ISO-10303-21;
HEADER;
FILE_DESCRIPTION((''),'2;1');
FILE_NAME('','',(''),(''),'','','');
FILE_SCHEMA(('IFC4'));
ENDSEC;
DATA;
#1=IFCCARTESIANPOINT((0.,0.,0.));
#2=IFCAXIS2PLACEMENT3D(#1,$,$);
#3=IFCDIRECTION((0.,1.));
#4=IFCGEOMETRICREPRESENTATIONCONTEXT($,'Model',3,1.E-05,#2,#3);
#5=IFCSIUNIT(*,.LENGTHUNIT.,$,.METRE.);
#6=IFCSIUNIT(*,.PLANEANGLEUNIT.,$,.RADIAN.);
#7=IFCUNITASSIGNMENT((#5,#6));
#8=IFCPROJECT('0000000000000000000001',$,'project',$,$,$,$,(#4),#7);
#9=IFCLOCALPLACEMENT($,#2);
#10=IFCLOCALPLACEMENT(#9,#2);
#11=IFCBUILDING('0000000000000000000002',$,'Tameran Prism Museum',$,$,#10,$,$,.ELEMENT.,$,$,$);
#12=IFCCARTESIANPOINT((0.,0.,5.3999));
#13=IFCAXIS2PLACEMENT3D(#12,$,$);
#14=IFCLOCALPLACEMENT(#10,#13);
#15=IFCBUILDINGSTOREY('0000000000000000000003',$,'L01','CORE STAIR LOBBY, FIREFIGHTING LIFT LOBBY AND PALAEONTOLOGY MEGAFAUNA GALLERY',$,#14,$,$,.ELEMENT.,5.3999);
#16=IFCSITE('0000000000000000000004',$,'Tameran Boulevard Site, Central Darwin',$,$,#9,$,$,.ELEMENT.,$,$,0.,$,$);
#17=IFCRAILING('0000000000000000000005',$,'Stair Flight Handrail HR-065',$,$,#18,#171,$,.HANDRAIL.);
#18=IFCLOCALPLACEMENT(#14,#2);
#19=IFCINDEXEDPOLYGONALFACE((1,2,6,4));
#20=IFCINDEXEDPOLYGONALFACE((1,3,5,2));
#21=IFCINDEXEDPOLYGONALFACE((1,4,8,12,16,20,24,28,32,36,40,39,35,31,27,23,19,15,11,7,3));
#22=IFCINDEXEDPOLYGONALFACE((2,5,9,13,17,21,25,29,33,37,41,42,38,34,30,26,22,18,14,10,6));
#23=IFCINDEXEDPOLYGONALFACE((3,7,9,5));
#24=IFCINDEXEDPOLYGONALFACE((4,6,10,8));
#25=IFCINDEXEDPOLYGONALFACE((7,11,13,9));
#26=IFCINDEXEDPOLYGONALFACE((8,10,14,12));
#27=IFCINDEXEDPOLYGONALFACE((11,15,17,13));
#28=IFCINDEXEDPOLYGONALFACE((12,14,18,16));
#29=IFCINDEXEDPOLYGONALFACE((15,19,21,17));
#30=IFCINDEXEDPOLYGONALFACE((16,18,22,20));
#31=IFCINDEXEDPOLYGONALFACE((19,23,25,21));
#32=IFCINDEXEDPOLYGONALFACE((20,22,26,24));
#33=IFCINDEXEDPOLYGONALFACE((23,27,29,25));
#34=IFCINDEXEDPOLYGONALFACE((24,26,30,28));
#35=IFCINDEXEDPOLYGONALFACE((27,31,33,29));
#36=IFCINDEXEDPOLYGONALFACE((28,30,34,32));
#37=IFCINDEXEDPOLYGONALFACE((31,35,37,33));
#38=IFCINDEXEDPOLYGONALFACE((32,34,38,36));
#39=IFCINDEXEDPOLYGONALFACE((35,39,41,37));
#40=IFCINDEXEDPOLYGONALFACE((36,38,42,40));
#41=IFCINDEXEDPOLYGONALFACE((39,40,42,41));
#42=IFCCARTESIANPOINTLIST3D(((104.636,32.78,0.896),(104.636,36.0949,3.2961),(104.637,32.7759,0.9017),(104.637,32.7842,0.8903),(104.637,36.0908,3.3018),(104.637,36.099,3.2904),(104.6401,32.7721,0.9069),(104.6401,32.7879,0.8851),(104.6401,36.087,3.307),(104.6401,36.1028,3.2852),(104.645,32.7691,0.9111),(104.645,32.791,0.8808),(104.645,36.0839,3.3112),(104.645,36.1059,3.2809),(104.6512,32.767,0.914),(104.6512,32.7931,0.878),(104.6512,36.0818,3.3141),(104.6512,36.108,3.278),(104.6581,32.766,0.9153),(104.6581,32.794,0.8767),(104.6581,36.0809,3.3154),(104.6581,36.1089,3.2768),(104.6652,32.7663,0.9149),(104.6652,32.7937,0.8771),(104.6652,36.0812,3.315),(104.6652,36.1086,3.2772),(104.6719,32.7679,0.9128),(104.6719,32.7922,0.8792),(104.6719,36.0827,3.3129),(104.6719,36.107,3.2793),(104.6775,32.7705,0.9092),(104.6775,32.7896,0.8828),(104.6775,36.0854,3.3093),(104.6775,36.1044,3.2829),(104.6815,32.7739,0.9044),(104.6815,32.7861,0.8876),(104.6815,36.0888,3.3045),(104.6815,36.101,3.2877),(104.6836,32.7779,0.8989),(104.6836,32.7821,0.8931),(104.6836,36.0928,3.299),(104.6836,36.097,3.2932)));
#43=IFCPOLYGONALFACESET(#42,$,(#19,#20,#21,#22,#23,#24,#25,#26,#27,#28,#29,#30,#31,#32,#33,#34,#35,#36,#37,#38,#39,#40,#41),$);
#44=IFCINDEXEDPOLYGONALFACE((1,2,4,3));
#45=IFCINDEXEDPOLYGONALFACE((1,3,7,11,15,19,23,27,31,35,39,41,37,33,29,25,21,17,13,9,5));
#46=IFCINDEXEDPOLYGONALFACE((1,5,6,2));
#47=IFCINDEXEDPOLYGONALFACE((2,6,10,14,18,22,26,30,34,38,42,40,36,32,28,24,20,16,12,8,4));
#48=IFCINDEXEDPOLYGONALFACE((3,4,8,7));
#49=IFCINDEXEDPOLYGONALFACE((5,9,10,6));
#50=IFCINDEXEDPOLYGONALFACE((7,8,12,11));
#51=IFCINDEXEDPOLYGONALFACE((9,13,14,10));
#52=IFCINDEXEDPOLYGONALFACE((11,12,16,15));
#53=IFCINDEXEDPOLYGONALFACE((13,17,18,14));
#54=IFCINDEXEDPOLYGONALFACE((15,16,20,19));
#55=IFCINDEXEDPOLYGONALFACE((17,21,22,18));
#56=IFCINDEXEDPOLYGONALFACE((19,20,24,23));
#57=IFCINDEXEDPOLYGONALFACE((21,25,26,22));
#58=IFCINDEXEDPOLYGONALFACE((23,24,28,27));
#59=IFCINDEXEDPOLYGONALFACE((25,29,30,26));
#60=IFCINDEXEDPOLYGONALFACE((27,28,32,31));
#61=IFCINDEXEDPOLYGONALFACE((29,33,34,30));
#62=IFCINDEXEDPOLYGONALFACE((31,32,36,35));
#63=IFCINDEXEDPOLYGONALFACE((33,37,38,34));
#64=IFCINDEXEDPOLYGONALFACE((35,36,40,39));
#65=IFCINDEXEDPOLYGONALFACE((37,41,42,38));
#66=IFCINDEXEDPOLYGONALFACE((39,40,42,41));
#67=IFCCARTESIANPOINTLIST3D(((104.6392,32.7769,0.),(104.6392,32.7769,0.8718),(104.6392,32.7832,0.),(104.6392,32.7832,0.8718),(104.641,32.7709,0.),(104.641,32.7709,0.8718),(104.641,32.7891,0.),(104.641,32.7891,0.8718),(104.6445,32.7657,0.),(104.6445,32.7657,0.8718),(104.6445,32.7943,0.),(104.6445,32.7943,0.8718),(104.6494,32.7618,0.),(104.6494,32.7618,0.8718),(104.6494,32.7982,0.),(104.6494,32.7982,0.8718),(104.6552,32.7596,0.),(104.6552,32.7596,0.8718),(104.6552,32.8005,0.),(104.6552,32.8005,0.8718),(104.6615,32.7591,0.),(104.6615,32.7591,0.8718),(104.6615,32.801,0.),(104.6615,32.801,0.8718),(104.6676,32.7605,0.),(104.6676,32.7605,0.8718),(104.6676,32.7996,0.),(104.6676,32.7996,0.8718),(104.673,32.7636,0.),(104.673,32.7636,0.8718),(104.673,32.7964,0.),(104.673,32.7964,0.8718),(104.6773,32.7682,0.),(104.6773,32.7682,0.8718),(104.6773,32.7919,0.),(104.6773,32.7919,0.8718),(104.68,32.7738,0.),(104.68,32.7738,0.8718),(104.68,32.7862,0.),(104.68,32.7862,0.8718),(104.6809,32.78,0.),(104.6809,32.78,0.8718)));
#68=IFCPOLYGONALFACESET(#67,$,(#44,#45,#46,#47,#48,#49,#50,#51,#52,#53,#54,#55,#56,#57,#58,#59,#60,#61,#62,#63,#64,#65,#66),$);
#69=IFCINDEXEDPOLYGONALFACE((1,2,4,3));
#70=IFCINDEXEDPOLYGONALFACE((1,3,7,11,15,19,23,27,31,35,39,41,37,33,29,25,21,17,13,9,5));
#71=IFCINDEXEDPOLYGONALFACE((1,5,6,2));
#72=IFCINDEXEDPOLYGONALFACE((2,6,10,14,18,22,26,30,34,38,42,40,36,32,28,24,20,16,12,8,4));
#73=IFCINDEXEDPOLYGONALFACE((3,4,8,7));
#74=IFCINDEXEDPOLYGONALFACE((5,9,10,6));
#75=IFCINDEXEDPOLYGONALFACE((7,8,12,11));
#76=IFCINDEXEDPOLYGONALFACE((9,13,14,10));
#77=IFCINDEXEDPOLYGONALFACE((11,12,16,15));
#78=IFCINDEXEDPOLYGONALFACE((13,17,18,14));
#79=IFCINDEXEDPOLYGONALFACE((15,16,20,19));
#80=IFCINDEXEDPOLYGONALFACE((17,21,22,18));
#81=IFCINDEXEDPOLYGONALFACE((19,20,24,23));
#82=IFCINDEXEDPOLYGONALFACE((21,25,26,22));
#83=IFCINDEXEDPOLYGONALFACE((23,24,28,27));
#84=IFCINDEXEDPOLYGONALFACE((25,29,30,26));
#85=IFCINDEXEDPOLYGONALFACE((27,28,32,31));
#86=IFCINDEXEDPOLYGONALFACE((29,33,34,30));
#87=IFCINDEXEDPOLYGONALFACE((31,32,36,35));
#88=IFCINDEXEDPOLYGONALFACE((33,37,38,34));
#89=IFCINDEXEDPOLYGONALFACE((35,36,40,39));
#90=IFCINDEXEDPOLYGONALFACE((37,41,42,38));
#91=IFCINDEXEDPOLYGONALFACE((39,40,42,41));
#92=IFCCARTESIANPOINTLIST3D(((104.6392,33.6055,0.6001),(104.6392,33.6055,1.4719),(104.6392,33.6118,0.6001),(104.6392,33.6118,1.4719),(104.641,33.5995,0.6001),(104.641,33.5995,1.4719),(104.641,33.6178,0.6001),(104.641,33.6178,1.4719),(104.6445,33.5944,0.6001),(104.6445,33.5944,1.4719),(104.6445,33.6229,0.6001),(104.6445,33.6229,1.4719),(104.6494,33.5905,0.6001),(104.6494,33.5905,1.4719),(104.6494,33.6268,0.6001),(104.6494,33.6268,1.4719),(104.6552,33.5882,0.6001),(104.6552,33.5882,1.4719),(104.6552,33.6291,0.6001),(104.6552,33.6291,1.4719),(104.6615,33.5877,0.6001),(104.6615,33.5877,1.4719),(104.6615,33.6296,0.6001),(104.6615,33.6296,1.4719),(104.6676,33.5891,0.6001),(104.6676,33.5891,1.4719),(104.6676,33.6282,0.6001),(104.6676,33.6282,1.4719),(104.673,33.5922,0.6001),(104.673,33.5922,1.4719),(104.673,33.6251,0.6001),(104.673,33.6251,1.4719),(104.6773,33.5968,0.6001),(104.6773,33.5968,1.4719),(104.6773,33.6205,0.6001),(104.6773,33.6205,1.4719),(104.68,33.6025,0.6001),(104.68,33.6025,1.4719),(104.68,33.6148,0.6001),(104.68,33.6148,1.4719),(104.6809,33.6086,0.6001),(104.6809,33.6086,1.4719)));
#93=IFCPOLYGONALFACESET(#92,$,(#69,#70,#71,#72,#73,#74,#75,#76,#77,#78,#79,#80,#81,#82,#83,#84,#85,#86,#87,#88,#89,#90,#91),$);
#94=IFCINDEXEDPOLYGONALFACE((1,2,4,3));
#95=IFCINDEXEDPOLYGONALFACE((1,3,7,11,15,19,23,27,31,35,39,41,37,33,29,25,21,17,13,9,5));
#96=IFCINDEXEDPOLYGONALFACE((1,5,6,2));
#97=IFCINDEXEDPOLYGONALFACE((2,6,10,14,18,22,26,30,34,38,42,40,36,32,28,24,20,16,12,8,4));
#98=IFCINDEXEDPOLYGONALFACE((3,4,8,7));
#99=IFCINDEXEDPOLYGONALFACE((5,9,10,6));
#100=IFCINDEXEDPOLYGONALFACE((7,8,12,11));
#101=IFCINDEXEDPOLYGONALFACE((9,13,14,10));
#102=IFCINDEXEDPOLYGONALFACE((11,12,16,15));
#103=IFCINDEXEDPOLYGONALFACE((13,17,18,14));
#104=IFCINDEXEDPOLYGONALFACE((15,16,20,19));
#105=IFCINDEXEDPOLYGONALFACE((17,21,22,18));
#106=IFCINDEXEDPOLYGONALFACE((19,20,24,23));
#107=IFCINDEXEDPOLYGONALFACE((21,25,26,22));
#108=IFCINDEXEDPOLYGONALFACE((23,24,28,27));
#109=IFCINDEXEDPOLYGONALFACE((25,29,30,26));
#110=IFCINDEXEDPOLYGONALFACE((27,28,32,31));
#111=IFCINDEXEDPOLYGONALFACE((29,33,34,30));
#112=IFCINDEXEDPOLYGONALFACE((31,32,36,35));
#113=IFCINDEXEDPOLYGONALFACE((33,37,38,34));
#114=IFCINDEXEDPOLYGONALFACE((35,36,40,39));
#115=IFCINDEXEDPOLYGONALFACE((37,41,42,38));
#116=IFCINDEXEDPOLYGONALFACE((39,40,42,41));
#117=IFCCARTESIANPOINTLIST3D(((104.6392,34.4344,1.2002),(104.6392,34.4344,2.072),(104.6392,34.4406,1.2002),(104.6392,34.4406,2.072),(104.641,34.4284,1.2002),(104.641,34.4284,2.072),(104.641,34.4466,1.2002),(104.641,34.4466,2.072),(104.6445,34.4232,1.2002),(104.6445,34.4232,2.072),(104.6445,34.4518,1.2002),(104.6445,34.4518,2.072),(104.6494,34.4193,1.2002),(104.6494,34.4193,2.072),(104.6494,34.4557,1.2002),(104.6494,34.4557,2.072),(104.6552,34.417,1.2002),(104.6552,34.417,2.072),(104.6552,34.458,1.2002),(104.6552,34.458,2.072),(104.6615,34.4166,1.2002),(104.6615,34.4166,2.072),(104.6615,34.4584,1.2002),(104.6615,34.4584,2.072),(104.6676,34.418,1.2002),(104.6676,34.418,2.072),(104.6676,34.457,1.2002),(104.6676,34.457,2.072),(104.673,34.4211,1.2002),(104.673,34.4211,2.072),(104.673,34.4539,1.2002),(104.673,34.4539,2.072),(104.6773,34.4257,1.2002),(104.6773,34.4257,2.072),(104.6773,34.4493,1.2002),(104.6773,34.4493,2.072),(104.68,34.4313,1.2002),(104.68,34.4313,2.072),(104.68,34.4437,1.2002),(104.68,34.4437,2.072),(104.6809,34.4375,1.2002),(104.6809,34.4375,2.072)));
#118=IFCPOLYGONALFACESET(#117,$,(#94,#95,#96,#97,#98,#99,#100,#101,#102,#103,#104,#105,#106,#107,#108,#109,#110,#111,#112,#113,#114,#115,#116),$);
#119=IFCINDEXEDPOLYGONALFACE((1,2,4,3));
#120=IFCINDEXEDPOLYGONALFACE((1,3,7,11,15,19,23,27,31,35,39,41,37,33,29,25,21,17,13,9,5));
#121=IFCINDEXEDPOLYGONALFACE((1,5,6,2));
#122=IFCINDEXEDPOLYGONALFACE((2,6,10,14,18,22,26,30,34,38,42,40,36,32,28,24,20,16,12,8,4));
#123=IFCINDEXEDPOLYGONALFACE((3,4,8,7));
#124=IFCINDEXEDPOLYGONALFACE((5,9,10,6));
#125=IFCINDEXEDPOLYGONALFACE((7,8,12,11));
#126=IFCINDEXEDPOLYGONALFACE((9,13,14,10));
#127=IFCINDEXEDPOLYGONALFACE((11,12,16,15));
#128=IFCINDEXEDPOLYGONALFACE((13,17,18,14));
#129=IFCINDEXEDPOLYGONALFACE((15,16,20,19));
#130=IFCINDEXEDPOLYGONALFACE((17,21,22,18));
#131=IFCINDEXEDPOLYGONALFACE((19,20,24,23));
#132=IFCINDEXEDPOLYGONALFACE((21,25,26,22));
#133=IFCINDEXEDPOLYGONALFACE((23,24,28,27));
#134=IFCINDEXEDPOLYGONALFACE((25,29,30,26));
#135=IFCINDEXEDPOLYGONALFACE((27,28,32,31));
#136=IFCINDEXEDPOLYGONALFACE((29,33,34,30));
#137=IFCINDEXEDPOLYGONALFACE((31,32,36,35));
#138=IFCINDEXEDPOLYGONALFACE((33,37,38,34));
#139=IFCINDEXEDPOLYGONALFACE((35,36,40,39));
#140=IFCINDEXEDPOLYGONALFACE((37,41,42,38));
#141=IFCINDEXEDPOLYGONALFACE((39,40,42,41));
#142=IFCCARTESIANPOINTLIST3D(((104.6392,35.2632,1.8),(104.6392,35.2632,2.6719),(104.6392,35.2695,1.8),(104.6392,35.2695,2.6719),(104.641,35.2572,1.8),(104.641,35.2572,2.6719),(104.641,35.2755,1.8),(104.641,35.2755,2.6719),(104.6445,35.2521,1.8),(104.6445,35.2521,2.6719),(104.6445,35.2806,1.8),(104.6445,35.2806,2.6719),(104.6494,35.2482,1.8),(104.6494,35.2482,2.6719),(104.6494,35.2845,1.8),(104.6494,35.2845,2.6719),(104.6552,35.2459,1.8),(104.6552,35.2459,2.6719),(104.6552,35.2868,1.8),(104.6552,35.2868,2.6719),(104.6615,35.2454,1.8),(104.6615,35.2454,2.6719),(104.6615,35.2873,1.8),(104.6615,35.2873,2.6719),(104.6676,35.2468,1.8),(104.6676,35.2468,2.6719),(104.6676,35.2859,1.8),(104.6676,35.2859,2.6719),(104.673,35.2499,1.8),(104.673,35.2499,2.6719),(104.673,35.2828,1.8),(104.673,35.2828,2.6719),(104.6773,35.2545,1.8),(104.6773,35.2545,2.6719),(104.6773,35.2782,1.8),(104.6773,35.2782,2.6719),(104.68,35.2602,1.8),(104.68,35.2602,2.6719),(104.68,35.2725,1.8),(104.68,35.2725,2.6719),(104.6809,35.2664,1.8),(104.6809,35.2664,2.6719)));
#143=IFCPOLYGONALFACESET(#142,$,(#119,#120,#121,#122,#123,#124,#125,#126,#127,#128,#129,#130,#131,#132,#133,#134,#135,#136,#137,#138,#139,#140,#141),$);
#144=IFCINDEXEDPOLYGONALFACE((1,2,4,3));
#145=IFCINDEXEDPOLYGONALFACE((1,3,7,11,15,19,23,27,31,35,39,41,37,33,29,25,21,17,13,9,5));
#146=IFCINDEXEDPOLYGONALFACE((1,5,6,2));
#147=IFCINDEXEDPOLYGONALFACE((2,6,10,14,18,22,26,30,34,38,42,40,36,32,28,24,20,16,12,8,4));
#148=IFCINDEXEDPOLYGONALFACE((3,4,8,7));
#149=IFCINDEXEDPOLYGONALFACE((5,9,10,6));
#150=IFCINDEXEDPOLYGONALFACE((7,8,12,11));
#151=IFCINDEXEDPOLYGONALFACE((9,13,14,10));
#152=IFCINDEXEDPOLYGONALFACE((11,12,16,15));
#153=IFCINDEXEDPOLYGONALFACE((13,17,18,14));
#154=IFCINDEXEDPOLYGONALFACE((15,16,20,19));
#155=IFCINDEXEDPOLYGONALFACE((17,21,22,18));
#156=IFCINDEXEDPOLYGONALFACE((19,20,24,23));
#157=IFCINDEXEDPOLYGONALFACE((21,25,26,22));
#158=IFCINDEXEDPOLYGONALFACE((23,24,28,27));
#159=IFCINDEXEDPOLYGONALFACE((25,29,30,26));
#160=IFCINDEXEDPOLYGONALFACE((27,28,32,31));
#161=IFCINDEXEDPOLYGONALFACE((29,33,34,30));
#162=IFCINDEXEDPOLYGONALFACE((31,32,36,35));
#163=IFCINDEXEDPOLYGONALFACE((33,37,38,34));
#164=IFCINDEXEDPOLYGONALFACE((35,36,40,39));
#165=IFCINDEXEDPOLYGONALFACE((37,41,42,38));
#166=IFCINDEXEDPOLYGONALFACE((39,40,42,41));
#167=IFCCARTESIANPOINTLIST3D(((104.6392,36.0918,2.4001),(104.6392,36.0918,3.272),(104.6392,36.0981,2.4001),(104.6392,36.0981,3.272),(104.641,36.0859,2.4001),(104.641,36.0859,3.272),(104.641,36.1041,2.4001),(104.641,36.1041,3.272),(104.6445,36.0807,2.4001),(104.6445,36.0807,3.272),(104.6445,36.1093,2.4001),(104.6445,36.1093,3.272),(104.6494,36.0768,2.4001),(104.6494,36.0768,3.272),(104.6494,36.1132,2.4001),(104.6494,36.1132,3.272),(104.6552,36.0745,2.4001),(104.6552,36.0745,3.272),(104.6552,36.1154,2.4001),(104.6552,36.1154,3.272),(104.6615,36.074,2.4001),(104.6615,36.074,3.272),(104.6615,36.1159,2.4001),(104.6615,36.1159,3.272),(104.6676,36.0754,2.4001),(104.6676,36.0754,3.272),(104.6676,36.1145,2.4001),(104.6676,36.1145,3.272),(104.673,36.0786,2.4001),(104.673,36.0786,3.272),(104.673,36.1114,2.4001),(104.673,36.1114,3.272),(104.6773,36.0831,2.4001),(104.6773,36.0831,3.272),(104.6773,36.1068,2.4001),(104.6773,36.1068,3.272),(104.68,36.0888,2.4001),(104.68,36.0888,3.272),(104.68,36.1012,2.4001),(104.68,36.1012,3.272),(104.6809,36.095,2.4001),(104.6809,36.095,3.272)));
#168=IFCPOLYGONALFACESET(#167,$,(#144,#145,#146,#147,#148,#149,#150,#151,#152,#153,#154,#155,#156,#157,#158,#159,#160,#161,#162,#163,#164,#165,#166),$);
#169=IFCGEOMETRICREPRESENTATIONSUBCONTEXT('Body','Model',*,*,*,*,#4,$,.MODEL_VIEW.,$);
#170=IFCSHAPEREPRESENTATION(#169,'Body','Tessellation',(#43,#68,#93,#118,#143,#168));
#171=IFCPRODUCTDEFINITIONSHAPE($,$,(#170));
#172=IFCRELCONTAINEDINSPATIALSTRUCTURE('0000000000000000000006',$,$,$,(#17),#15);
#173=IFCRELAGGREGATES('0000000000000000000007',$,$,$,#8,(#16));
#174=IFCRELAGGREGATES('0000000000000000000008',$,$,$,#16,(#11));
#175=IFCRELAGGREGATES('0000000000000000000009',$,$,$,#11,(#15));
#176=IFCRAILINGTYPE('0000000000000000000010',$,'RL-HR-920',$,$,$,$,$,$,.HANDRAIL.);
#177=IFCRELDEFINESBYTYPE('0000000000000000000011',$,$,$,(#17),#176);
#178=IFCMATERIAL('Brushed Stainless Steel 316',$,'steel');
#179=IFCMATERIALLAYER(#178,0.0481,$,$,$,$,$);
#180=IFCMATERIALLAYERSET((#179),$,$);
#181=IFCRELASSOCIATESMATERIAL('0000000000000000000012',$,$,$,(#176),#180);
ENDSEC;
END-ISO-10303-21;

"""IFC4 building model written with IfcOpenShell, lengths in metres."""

from ifc_helpers import new_model, si_unit, direction, frame, origin, origin_2d, place, context, subcontext, project, spatial, circle, extrude, material, layer, layer_set, type_object, element, save


model = new_model("IFC4")

# Units and contexts
model_context = context("Model", 3, precision=1e-05, world=origin(), true_north=direction((0.0, 1.0)))
body_context = subcontext(model_context, "Body", "Model", "MODEL_VIEW")
ifc_project = project(units=[si_unit("LENGTHUNIT", "METRE"), si_unit("PLANEANGLEUNIT", "RADIAN")], contexts=[model_context])

# Site, building, storey
site_placement = place(None, origin())
site = spatial("IfcSite", under=ifc_project, at=site_placement, Name="Tameran Boulevard Site, Central Darwin", CompositionType="ELEMENT", RefElevation=0.0)
building_placement = place(site_placement, origin())
building = spatial("IfcBuilding", under=site, at=building_placement, Name="Tameran Prism Museum", CompositionType="ELEMENT")
storey_placement = place(building_placement, frame((0.0, 0.0, 5.3999)))
storey = spatial("IfcBuildingStorey", under=building, at=storey_placement, Name="L01", Description="CORE STAIR LOBBY, FIREFIGHTING LIFT LOBBY AND PALAEONTOLOGY MEGAFAUNA GALLERY", CompositionType="ELEMENT", Elevation=5.3999)

# Railing
ifc_material_1 = material(Name="Brushed Stainless Steel 316", Category="steel")
ifc_layer_1 = layer(ifc_material_1, 0.0481)
ifc_layer_set_1 = layer_set([ifc_layer_1])
railing_type_1 = type_object("IfcRailingType", Name="RL-HR-920", PredefinedType="HANDRAIL", material=ifc_layer_set_1)
railing_1_placement = place(storey_placement, frame((104.6599, 32.78, 0.0)))
element("IfcRailing", 1, at=railing_1_placement, inside=storey, type_object=railing_type_1, Name="Stair Flight Handrail HR-065", PredefinedType="HANDRAIL", context=body_context, shape_type="SweptSolid", body=[
    extrude(circle(Radius=0.0239, at=origin_2d()), frame((0.0, 0.0, 0.896), z_axis=(0.0, 0.80998, 0.586457), x_axis=(-1.0, 0.0, 0.0)), (0.0, 0.0, 1.0), 4.0925),
    extrude(circle(Radius=0.021, at=origin_2d()), origin(), (0.0, 0.0, 1.0), 0.8718),
    extrude(circle(Radius=0.021, at=origin_2d()), frame((0.0, 0.8286, 0.6001)), (0.0, 0.0, 1.0), 0.8718),
    extrude(circle(Radius=0.021, at=origin_2d()), frame((0.0, 1.6575, 1.2002)), (0.0, 0.0, 1.0), 0.8718),
    extrude(circle(Radius=0.021, at=origin_2d()), frame((0.0, 2.4863, 1.8)), (0.0, 0.0, 1.0), 0.8718),
    extrude(circle(Radius=0.021, at=origin_2d()), frame((0.0, 3.3149, 2.4001)), (0.0, 0.0, 1.0), 0.8718),
])

save(model, "model.ifc")
